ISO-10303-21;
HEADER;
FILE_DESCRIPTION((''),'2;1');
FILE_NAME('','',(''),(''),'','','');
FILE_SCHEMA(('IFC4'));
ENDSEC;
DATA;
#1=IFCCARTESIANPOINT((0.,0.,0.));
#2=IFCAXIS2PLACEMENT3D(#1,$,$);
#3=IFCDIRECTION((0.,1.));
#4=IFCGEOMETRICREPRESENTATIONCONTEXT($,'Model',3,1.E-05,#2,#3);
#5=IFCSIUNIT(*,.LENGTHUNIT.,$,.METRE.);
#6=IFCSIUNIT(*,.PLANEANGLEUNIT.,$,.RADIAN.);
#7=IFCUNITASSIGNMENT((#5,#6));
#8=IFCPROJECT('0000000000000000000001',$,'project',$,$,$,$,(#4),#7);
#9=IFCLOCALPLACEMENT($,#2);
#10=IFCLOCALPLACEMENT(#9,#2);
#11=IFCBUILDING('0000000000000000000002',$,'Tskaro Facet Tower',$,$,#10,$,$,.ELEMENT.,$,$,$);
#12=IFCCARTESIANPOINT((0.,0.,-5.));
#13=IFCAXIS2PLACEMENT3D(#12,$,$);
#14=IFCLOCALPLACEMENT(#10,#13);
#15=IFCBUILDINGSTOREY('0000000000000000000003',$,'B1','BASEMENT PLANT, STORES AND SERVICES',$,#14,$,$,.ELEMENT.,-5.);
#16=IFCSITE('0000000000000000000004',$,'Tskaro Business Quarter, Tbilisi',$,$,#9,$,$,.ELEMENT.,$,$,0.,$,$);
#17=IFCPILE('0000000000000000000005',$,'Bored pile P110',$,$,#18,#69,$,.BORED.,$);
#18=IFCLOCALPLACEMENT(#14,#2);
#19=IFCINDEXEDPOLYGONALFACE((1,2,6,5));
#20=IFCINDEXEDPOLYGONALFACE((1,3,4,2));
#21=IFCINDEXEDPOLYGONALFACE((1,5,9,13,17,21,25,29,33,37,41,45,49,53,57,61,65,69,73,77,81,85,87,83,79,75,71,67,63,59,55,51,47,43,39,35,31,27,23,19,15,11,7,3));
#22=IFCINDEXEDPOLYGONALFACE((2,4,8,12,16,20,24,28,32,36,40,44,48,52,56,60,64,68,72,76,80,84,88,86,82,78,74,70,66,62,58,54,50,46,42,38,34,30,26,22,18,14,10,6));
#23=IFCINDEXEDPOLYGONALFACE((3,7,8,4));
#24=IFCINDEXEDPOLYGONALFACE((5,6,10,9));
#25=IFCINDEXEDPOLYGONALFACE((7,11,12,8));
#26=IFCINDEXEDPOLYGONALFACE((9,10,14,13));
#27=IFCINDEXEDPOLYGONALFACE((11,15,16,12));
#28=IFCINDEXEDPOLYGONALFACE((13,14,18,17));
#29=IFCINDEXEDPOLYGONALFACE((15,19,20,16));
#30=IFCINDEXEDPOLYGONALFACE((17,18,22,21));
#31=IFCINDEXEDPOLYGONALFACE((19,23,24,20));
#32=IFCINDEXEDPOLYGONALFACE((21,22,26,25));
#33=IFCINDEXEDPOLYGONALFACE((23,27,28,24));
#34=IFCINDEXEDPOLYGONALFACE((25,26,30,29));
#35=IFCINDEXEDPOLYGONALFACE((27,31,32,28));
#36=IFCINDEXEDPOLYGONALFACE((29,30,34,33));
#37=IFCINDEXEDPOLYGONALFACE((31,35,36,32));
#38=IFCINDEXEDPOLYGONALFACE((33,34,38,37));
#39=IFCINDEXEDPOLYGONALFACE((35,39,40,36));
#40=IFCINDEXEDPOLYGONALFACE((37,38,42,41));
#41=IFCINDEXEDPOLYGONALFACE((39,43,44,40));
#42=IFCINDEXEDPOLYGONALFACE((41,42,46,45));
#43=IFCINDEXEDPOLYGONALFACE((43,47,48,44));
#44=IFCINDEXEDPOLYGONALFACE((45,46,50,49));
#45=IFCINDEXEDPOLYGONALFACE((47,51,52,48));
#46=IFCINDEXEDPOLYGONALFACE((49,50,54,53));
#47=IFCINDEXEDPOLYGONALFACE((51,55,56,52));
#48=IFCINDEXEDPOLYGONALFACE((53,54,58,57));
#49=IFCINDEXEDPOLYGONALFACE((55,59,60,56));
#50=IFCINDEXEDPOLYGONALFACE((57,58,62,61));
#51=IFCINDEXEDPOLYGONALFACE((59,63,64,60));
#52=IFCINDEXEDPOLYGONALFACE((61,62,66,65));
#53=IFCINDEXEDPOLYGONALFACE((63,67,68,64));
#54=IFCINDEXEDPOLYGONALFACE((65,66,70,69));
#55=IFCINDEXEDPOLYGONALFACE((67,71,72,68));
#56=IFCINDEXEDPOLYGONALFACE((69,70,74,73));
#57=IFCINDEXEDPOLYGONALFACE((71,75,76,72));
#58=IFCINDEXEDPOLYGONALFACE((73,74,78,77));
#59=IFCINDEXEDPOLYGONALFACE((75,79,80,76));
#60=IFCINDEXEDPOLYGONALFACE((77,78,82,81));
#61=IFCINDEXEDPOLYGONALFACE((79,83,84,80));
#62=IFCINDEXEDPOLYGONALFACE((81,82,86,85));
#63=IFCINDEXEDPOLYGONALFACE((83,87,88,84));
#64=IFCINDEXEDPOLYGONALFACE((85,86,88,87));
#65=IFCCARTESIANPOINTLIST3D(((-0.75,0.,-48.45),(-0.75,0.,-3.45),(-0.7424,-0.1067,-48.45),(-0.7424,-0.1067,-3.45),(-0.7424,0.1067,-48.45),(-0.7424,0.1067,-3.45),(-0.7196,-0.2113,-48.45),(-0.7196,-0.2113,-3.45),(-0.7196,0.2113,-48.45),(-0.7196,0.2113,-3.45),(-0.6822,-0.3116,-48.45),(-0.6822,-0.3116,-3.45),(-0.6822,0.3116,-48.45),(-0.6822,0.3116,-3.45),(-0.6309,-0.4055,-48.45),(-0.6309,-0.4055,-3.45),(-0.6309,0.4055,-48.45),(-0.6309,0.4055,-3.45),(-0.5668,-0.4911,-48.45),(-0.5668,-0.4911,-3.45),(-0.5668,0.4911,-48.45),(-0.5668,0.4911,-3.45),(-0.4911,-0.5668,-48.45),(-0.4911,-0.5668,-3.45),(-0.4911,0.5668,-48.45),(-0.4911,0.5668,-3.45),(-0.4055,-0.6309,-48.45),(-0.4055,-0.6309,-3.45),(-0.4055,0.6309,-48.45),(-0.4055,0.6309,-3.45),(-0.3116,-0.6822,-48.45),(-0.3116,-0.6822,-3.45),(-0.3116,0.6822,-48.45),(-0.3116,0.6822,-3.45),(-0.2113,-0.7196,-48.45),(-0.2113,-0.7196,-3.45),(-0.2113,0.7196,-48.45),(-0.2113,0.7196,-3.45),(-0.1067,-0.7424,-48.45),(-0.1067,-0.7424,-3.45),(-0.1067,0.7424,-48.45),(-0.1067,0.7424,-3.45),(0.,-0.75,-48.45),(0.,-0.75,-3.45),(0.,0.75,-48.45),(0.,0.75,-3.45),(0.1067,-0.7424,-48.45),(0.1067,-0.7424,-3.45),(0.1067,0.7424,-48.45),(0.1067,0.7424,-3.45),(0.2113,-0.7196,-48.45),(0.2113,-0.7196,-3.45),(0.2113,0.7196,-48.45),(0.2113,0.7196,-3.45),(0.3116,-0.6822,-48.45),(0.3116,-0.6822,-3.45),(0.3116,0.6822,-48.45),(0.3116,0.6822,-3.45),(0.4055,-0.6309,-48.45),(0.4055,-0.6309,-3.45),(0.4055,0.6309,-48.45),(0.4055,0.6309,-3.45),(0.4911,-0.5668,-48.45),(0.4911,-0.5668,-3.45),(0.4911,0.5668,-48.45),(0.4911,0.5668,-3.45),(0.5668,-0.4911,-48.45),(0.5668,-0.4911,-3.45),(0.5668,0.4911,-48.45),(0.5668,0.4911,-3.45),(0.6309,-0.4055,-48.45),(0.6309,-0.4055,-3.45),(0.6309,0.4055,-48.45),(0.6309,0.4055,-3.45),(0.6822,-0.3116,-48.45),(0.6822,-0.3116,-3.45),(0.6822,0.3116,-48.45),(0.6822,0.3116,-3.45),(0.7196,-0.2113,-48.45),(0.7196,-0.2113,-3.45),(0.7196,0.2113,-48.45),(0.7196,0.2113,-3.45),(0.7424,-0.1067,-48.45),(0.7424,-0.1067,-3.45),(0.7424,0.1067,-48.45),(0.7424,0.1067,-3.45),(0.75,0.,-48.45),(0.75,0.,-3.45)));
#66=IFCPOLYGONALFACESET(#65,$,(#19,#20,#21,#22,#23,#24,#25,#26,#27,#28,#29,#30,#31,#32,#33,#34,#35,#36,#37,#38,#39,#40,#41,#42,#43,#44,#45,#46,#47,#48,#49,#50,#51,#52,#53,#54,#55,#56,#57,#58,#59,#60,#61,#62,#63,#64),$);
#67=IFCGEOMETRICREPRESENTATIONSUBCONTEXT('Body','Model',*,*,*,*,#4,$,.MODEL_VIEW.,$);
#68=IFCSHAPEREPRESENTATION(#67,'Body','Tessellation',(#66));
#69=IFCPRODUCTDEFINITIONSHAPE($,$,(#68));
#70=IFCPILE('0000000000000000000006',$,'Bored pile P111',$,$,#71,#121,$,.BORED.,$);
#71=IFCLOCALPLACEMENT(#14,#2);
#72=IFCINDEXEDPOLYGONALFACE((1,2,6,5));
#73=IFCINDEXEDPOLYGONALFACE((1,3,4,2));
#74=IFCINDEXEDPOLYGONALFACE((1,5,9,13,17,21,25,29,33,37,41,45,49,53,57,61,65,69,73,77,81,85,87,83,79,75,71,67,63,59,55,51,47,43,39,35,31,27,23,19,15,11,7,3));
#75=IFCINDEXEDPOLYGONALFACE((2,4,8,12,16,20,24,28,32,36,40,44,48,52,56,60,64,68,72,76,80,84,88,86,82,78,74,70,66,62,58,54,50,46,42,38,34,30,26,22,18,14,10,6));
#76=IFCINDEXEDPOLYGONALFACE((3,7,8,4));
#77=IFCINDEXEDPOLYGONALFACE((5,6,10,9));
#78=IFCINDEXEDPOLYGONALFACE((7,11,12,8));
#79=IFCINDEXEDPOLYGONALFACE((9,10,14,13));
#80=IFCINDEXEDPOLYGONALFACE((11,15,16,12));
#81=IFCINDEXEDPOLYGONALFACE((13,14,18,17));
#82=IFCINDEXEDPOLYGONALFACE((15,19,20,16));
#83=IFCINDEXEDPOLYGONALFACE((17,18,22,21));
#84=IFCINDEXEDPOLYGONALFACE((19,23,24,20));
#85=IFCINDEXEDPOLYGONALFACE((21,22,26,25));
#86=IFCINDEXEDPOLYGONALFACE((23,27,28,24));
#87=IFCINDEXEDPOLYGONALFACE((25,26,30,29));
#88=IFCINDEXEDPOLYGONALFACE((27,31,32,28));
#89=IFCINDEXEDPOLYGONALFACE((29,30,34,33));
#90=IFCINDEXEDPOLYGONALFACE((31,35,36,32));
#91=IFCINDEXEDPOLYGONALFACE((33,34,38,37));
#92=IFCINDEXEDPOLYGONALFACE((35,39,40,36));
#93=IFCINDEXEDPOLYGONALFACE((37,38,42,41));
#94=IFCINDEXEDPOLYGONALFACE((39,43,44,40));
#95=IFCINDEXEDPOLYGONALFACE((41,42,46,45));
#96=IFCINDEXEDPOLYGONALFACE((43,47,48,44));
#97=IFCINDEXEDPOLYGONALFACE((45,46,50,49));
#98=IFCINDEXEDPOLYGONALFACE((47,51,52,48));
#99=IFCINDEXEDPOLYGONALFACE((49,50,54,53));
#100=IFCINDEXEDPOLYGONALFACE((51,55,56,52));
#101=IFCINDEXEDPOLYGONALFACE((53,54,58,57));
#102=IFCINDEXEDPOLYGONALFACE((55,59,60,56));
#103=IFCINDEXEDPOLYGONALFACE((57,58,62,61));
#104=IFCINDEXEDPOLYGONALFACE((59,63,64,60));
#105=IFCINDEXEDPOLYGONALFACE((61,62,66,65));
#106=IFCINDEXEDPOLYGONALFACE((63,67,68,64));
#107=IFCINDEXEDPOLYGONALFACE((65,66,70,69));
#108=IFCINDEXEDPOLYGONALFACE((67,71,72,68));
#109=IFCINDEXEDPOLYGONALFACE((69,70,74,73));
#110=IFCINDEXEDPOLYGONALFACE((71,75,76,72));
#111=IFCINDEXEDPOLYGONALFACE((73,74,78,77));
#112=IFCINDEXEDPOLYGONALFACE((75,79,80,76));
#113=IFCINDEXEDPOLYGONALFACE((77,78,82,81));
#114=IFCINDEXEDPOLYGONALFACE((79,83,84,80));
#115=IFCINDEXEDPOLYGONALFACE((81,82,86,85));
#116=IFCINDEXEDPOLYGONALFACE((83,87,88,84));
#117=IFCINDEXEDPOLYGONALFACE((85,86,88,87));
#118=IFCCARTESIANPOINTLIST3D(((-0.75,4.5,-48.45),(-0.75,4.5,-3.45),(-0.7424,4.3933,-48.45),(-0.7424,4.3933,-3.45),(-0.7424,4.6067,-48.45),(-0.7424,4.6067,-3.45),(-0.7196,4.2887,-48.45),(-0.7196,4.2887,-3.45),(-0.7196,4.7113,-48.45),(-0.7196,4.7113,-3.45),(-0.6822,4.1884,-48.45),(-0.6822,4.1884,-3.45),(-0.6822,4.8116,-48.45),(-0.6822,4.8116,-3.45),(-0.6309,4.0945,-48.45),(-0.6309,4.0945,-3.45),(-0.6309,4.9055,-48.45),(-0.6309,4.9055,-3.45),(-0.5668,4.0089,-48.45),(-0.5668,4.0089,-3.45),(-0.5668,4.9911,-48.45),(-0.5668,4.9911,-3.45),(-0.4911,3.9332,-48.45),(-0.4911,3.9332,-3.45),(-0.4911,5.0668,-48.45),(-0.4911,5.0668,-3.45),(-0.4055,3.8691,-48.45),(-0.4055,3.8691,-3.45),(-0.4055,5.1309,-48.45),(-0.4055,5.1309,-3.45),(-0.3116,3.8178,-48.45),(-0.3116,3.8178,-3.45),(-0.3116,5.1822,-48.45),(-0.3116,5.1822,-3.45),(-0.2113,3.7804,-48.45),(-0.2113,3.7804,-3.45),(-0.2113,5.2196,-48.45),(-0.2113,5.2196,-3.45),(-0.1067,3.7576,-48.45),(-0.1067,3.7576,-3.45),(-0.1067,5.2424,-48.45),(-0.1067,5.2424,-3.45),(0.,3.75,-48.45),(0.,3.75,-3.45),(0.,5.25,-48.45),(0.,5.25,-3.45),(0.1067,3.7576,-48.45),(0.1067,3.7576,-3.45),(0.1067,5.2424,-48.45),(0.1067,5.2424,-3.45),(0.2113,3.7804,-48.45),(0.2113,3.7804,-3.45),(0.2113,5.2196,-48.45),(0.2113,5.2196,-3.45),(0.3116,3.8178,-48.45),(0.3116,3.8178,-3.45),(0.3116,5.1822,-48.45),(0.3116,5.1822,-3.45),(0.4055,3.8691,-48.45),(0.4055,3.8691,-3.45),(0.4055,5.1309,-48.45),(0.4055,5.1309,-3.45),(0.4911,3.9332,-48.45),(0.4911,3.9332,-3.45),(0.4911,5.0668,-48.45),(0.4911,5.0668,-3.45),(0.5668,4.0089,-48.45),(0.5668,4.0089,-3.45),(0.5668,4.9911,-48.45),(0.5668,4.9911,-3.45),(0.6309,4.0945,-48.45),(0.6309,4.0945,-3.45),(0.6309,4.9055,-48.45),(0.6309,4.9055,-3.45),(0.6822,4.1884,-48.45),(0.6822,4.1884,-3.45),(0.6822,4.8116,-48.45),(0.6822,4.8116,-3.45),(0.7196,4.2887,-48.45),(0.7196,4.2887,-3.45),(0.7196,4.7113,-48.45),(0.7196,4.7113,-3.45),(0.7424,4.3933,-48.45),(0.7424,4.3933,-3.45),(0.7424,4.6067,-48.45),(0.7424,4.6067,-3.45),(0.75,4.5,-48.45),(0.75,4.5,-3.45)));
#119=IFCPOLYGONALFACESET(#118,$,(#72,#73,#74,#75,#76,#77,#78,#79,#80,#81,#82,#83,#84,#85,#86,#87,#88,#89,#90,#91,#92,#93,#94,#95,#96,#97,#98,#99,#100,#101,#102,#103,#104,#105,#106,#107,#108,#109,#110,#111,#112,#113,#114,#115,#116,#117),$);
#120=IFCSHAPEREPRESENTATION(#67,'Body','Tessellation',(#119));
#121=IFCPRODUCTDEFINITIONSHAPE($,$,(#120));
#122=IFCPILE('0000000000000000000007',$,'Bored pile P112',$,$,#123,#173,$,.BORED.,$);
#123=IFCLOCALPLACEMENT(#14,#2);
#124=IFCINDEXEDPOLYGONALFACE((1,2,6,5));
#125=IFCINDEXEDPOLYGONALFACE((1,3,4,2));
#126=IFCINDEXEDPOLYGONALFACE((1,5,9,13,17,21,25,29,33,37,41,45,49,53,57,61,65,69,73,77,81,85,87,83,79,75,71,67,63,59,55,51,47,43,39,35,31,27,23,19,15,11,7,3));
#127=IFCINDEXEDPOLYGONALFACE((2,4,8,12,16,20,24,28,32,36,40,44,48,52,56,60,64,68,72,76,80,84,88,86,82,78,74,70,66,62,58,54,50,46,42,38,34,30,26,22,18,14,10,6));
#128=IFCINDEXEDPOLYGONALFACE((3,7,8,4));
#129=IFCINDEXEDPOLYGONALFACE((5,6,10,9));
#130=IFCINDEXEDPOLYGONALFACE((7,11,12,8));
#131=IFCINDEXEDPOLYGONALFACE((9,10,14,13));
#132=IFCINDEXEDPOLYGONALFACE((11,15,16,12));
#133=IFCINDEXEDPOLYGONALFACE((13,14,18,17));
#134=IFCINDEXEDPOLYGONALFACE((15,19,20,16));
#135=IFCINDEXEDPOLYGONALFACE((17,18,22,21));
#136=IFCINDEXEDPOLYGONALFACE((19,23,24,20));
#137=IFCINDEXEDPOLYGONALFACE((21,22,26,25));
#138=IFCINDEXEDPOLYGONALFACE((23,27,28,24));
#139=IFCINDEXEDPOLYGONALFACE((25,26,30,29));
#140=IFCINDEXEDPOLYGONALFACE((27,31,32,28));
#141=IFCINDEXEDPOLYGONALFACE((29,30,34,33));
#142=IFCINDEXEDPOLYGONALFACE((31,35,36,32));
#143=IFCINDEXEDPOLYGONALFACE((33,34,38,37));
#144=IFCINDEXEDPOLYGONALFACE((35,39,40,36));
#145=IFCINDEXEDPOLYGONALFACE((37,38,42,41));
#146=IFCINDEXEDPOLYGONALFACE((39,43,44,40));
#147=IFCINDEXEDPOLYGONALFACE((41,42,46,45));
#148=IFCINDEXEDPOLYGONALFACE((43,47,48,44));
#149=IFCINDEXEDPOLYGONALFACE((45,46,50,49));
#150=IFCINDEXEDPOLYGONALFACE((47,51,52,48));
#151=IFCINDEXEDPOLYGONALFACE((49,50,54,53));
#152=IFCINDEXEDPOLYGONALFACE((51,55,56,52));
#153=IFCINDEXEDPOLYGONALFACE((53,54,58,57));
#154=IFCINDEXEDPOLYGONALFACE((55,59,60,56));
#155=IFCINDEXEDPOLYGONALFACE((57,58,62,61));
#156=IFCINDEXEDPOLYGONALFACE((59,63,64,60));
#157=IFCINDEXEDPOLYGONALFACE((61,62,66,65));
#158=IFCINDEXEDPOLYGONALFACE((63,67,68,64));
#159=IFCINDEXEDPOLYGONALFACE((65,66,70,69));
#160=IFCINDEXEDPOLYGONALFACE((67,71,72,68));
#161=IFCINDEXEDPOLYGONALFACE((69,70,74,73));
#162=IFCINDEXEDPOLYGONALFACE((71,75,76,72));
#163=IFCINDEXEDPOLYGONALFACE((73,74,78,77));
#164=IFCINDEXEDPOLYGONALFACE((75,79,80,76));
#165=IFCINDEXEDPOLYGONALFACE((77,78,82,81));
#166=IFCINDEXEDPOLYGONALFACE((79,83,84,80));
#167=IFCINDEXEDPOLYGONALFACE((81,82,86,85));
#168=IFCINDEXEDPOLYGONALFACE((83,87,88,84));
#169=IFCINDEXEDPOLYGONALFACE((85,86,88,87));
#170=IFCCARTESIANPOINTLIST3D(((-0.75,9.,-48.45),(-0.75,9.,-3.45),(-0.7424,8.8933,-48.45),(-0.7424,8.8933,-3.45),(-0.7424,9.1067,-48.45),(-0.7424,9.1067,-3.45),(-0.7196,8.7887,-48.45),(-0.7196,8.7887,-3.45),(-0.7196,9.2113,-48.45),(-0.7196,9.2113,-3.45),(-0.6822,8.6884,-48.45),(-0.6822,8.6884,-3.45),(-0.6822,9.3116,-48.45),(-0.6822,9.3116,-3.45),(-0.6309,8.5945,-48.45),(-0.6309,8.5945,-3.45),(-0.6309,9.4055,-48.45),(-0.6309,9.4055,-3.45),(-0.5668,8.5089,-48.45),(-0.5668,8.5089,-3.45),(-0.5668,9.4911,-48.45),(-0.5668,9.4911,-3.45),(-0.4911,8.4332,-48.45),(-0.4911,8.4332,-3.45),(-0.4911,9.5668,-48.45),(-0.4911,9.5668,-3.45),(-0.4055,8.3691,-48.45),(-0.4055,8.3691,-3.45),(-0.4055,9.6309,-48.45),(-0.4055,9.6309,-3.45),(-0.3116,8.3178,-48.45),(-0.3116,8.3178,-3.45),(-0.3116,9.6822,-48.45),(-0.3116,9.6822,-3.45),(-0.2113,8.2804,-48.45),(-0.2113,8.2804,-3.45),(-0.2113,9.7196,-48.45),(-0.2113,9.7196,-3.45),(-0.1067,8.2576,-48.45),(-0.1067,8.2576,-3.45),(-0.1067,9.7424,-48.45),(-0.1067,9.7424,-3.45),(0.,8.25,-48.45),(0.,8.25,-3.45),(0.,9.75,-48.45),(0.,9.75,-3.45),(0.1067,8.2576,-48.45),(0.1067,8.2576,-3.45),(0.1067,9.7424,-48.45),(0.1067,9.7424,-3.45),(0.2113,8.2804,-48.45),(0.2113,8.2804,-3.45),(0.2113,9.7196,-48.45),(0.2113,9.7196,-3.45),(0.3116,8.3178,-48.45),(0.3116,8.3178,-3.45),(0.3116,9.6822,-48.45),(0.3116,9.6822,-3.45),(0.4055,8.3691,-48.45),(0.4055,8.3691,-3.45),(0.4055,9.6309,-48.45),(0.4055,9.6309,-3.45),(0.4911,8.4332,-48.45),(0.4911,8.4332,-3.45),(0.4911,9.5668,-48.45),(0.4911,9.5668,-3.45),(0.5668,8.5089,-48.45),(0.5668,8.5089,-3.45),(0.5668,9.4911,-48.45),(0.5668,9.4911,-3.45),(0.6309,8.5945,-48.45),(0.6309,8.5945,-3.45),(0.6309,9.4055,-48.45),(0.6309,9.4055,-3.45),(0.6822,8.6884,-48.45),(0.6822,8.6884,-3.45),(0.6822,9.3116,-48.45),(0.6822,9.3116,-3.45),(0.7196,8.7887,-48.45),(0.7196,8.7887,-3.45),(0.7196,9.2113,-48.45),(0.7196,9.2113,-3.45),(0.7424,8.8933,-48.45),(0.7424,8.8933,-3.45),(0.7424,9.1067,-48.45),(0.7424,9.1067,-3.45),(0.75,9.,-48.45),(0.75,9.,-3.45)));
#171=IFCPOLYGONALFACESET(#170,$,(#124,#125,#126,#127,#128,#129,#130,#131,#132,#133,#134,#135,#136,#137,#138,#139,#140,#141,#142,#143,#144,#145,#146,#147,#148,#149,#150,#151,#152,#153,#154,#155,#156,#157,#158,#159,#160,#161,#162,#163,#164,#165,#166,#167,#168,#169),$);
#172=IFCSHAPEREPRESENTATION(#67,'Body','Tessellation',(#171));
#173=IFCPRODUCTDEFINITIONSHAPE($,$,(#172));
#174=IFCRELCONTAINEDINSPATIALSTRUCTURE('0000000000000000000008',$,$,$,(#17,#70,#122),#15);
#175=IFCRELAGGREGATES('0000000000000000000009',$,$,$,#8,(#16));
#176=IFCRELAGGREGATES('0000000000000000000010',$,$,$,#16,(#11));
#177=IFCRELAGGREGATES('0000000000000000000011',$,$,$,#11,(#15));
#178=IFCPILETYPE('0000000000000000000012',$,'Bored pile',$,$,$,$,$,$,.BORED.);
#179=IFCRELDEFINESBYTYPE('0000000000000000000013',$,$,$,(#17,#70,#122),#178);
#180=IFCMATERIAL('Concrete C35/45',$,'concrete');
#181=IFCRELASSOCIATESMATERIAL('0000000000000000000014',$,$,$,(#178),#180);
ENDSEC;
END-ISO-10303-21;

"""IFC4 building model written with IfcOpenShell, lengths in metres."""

from ifc_helpers import new_model, si_unit, direction, frame, origin, origin_2d, place, context, subcontext, project, spatial, circle, extrude, material, material_profile, profile_set, type_object, element, save


model = new_model("IFC4")

# Units and contexts
model_context = context("Model", 3, precision=1e-05, world=origin(), true_north=direction((0.0, 1.0)))
body_context = subcontext(model_context, "Body", "Model", "MODEL_VIEW")
ifc_project = project(units=[si_unit("LENGTHUNIT", "METRE"), si_unit("PLANEANGLEUNIT", "RADIAN")], contexts=[model_context])

# Site, building, storey
site_placement = place(None, origin())
site = spatial("IfcSite", under=ifc_project, at=site_placement, Name="Tskaro Business Quarter, Tbilisi", CompositionType="ELEMENT", RefElevation=0.0)
building_placement = place(site_placement, origin())
building = spatial("IfcBuilding", under=site, at=building_placement, Name="Tskaro Facet Tower", CompositionType="ELEMENT")
storey_placement = place(building_placement, frame((0.0, 0.0, -5.0)))
storey = spatial("IfcBuildingStorey", under=building, at=storey_placement, Name="B1", Description="BASEMENT PLANT, STORES AND SERVICES", CompositionType="ELEMENT", Elevation=-5.0)

# Piles
ifc_material_1 = material(Name="Concrete C35/45", Category="concrete")
ifc_material_profile_1 = material_profile(ifc_material_1, circle(Radius=0.75, at=origin_2d()), Name="Bored pile")
ifc_profile_set_1 = profile_set([ifc_material_profile_1], Name="Concrete C35/45")
pile_type = type_object("IfcPileType", Name="Bored pile", PredefinedType="BORED", material=ifc_profile_set_1)
for number, where, z_axis, x_axis, name in (
    (1, (0.0, 0.0, -3.45), (0.0, 0.0, -1.0), (1.0, 0.0, 0.0), "Bored pile P110"),
    (2, (0.0, 4.5, -3.45), (0.0, 0.0, -1.0), (1.0, 0.0, 0.0), "Bored pile P111"),
    (3, (0.0, 9.0, -3.45), (0.0, 0.0, -1.0), (1.0, 0.0, 0.0), "Bored pile P112"),
):
    element("IfcPile", number, at=place(storey_placement, frame(where, z_axis=z_axis, x_axis=x_axis)), inside=storey, type_object=pile_type, Name=name, PredefinedType="BORED", context=body_context, shape_type="SweptSolid", body=[
        extrude(circle(Radius=0.75, at=origin_2d()), origin(), (0.0, 0.0, 1.0), 45.0),
    ])

save(model, "model.ifc")
